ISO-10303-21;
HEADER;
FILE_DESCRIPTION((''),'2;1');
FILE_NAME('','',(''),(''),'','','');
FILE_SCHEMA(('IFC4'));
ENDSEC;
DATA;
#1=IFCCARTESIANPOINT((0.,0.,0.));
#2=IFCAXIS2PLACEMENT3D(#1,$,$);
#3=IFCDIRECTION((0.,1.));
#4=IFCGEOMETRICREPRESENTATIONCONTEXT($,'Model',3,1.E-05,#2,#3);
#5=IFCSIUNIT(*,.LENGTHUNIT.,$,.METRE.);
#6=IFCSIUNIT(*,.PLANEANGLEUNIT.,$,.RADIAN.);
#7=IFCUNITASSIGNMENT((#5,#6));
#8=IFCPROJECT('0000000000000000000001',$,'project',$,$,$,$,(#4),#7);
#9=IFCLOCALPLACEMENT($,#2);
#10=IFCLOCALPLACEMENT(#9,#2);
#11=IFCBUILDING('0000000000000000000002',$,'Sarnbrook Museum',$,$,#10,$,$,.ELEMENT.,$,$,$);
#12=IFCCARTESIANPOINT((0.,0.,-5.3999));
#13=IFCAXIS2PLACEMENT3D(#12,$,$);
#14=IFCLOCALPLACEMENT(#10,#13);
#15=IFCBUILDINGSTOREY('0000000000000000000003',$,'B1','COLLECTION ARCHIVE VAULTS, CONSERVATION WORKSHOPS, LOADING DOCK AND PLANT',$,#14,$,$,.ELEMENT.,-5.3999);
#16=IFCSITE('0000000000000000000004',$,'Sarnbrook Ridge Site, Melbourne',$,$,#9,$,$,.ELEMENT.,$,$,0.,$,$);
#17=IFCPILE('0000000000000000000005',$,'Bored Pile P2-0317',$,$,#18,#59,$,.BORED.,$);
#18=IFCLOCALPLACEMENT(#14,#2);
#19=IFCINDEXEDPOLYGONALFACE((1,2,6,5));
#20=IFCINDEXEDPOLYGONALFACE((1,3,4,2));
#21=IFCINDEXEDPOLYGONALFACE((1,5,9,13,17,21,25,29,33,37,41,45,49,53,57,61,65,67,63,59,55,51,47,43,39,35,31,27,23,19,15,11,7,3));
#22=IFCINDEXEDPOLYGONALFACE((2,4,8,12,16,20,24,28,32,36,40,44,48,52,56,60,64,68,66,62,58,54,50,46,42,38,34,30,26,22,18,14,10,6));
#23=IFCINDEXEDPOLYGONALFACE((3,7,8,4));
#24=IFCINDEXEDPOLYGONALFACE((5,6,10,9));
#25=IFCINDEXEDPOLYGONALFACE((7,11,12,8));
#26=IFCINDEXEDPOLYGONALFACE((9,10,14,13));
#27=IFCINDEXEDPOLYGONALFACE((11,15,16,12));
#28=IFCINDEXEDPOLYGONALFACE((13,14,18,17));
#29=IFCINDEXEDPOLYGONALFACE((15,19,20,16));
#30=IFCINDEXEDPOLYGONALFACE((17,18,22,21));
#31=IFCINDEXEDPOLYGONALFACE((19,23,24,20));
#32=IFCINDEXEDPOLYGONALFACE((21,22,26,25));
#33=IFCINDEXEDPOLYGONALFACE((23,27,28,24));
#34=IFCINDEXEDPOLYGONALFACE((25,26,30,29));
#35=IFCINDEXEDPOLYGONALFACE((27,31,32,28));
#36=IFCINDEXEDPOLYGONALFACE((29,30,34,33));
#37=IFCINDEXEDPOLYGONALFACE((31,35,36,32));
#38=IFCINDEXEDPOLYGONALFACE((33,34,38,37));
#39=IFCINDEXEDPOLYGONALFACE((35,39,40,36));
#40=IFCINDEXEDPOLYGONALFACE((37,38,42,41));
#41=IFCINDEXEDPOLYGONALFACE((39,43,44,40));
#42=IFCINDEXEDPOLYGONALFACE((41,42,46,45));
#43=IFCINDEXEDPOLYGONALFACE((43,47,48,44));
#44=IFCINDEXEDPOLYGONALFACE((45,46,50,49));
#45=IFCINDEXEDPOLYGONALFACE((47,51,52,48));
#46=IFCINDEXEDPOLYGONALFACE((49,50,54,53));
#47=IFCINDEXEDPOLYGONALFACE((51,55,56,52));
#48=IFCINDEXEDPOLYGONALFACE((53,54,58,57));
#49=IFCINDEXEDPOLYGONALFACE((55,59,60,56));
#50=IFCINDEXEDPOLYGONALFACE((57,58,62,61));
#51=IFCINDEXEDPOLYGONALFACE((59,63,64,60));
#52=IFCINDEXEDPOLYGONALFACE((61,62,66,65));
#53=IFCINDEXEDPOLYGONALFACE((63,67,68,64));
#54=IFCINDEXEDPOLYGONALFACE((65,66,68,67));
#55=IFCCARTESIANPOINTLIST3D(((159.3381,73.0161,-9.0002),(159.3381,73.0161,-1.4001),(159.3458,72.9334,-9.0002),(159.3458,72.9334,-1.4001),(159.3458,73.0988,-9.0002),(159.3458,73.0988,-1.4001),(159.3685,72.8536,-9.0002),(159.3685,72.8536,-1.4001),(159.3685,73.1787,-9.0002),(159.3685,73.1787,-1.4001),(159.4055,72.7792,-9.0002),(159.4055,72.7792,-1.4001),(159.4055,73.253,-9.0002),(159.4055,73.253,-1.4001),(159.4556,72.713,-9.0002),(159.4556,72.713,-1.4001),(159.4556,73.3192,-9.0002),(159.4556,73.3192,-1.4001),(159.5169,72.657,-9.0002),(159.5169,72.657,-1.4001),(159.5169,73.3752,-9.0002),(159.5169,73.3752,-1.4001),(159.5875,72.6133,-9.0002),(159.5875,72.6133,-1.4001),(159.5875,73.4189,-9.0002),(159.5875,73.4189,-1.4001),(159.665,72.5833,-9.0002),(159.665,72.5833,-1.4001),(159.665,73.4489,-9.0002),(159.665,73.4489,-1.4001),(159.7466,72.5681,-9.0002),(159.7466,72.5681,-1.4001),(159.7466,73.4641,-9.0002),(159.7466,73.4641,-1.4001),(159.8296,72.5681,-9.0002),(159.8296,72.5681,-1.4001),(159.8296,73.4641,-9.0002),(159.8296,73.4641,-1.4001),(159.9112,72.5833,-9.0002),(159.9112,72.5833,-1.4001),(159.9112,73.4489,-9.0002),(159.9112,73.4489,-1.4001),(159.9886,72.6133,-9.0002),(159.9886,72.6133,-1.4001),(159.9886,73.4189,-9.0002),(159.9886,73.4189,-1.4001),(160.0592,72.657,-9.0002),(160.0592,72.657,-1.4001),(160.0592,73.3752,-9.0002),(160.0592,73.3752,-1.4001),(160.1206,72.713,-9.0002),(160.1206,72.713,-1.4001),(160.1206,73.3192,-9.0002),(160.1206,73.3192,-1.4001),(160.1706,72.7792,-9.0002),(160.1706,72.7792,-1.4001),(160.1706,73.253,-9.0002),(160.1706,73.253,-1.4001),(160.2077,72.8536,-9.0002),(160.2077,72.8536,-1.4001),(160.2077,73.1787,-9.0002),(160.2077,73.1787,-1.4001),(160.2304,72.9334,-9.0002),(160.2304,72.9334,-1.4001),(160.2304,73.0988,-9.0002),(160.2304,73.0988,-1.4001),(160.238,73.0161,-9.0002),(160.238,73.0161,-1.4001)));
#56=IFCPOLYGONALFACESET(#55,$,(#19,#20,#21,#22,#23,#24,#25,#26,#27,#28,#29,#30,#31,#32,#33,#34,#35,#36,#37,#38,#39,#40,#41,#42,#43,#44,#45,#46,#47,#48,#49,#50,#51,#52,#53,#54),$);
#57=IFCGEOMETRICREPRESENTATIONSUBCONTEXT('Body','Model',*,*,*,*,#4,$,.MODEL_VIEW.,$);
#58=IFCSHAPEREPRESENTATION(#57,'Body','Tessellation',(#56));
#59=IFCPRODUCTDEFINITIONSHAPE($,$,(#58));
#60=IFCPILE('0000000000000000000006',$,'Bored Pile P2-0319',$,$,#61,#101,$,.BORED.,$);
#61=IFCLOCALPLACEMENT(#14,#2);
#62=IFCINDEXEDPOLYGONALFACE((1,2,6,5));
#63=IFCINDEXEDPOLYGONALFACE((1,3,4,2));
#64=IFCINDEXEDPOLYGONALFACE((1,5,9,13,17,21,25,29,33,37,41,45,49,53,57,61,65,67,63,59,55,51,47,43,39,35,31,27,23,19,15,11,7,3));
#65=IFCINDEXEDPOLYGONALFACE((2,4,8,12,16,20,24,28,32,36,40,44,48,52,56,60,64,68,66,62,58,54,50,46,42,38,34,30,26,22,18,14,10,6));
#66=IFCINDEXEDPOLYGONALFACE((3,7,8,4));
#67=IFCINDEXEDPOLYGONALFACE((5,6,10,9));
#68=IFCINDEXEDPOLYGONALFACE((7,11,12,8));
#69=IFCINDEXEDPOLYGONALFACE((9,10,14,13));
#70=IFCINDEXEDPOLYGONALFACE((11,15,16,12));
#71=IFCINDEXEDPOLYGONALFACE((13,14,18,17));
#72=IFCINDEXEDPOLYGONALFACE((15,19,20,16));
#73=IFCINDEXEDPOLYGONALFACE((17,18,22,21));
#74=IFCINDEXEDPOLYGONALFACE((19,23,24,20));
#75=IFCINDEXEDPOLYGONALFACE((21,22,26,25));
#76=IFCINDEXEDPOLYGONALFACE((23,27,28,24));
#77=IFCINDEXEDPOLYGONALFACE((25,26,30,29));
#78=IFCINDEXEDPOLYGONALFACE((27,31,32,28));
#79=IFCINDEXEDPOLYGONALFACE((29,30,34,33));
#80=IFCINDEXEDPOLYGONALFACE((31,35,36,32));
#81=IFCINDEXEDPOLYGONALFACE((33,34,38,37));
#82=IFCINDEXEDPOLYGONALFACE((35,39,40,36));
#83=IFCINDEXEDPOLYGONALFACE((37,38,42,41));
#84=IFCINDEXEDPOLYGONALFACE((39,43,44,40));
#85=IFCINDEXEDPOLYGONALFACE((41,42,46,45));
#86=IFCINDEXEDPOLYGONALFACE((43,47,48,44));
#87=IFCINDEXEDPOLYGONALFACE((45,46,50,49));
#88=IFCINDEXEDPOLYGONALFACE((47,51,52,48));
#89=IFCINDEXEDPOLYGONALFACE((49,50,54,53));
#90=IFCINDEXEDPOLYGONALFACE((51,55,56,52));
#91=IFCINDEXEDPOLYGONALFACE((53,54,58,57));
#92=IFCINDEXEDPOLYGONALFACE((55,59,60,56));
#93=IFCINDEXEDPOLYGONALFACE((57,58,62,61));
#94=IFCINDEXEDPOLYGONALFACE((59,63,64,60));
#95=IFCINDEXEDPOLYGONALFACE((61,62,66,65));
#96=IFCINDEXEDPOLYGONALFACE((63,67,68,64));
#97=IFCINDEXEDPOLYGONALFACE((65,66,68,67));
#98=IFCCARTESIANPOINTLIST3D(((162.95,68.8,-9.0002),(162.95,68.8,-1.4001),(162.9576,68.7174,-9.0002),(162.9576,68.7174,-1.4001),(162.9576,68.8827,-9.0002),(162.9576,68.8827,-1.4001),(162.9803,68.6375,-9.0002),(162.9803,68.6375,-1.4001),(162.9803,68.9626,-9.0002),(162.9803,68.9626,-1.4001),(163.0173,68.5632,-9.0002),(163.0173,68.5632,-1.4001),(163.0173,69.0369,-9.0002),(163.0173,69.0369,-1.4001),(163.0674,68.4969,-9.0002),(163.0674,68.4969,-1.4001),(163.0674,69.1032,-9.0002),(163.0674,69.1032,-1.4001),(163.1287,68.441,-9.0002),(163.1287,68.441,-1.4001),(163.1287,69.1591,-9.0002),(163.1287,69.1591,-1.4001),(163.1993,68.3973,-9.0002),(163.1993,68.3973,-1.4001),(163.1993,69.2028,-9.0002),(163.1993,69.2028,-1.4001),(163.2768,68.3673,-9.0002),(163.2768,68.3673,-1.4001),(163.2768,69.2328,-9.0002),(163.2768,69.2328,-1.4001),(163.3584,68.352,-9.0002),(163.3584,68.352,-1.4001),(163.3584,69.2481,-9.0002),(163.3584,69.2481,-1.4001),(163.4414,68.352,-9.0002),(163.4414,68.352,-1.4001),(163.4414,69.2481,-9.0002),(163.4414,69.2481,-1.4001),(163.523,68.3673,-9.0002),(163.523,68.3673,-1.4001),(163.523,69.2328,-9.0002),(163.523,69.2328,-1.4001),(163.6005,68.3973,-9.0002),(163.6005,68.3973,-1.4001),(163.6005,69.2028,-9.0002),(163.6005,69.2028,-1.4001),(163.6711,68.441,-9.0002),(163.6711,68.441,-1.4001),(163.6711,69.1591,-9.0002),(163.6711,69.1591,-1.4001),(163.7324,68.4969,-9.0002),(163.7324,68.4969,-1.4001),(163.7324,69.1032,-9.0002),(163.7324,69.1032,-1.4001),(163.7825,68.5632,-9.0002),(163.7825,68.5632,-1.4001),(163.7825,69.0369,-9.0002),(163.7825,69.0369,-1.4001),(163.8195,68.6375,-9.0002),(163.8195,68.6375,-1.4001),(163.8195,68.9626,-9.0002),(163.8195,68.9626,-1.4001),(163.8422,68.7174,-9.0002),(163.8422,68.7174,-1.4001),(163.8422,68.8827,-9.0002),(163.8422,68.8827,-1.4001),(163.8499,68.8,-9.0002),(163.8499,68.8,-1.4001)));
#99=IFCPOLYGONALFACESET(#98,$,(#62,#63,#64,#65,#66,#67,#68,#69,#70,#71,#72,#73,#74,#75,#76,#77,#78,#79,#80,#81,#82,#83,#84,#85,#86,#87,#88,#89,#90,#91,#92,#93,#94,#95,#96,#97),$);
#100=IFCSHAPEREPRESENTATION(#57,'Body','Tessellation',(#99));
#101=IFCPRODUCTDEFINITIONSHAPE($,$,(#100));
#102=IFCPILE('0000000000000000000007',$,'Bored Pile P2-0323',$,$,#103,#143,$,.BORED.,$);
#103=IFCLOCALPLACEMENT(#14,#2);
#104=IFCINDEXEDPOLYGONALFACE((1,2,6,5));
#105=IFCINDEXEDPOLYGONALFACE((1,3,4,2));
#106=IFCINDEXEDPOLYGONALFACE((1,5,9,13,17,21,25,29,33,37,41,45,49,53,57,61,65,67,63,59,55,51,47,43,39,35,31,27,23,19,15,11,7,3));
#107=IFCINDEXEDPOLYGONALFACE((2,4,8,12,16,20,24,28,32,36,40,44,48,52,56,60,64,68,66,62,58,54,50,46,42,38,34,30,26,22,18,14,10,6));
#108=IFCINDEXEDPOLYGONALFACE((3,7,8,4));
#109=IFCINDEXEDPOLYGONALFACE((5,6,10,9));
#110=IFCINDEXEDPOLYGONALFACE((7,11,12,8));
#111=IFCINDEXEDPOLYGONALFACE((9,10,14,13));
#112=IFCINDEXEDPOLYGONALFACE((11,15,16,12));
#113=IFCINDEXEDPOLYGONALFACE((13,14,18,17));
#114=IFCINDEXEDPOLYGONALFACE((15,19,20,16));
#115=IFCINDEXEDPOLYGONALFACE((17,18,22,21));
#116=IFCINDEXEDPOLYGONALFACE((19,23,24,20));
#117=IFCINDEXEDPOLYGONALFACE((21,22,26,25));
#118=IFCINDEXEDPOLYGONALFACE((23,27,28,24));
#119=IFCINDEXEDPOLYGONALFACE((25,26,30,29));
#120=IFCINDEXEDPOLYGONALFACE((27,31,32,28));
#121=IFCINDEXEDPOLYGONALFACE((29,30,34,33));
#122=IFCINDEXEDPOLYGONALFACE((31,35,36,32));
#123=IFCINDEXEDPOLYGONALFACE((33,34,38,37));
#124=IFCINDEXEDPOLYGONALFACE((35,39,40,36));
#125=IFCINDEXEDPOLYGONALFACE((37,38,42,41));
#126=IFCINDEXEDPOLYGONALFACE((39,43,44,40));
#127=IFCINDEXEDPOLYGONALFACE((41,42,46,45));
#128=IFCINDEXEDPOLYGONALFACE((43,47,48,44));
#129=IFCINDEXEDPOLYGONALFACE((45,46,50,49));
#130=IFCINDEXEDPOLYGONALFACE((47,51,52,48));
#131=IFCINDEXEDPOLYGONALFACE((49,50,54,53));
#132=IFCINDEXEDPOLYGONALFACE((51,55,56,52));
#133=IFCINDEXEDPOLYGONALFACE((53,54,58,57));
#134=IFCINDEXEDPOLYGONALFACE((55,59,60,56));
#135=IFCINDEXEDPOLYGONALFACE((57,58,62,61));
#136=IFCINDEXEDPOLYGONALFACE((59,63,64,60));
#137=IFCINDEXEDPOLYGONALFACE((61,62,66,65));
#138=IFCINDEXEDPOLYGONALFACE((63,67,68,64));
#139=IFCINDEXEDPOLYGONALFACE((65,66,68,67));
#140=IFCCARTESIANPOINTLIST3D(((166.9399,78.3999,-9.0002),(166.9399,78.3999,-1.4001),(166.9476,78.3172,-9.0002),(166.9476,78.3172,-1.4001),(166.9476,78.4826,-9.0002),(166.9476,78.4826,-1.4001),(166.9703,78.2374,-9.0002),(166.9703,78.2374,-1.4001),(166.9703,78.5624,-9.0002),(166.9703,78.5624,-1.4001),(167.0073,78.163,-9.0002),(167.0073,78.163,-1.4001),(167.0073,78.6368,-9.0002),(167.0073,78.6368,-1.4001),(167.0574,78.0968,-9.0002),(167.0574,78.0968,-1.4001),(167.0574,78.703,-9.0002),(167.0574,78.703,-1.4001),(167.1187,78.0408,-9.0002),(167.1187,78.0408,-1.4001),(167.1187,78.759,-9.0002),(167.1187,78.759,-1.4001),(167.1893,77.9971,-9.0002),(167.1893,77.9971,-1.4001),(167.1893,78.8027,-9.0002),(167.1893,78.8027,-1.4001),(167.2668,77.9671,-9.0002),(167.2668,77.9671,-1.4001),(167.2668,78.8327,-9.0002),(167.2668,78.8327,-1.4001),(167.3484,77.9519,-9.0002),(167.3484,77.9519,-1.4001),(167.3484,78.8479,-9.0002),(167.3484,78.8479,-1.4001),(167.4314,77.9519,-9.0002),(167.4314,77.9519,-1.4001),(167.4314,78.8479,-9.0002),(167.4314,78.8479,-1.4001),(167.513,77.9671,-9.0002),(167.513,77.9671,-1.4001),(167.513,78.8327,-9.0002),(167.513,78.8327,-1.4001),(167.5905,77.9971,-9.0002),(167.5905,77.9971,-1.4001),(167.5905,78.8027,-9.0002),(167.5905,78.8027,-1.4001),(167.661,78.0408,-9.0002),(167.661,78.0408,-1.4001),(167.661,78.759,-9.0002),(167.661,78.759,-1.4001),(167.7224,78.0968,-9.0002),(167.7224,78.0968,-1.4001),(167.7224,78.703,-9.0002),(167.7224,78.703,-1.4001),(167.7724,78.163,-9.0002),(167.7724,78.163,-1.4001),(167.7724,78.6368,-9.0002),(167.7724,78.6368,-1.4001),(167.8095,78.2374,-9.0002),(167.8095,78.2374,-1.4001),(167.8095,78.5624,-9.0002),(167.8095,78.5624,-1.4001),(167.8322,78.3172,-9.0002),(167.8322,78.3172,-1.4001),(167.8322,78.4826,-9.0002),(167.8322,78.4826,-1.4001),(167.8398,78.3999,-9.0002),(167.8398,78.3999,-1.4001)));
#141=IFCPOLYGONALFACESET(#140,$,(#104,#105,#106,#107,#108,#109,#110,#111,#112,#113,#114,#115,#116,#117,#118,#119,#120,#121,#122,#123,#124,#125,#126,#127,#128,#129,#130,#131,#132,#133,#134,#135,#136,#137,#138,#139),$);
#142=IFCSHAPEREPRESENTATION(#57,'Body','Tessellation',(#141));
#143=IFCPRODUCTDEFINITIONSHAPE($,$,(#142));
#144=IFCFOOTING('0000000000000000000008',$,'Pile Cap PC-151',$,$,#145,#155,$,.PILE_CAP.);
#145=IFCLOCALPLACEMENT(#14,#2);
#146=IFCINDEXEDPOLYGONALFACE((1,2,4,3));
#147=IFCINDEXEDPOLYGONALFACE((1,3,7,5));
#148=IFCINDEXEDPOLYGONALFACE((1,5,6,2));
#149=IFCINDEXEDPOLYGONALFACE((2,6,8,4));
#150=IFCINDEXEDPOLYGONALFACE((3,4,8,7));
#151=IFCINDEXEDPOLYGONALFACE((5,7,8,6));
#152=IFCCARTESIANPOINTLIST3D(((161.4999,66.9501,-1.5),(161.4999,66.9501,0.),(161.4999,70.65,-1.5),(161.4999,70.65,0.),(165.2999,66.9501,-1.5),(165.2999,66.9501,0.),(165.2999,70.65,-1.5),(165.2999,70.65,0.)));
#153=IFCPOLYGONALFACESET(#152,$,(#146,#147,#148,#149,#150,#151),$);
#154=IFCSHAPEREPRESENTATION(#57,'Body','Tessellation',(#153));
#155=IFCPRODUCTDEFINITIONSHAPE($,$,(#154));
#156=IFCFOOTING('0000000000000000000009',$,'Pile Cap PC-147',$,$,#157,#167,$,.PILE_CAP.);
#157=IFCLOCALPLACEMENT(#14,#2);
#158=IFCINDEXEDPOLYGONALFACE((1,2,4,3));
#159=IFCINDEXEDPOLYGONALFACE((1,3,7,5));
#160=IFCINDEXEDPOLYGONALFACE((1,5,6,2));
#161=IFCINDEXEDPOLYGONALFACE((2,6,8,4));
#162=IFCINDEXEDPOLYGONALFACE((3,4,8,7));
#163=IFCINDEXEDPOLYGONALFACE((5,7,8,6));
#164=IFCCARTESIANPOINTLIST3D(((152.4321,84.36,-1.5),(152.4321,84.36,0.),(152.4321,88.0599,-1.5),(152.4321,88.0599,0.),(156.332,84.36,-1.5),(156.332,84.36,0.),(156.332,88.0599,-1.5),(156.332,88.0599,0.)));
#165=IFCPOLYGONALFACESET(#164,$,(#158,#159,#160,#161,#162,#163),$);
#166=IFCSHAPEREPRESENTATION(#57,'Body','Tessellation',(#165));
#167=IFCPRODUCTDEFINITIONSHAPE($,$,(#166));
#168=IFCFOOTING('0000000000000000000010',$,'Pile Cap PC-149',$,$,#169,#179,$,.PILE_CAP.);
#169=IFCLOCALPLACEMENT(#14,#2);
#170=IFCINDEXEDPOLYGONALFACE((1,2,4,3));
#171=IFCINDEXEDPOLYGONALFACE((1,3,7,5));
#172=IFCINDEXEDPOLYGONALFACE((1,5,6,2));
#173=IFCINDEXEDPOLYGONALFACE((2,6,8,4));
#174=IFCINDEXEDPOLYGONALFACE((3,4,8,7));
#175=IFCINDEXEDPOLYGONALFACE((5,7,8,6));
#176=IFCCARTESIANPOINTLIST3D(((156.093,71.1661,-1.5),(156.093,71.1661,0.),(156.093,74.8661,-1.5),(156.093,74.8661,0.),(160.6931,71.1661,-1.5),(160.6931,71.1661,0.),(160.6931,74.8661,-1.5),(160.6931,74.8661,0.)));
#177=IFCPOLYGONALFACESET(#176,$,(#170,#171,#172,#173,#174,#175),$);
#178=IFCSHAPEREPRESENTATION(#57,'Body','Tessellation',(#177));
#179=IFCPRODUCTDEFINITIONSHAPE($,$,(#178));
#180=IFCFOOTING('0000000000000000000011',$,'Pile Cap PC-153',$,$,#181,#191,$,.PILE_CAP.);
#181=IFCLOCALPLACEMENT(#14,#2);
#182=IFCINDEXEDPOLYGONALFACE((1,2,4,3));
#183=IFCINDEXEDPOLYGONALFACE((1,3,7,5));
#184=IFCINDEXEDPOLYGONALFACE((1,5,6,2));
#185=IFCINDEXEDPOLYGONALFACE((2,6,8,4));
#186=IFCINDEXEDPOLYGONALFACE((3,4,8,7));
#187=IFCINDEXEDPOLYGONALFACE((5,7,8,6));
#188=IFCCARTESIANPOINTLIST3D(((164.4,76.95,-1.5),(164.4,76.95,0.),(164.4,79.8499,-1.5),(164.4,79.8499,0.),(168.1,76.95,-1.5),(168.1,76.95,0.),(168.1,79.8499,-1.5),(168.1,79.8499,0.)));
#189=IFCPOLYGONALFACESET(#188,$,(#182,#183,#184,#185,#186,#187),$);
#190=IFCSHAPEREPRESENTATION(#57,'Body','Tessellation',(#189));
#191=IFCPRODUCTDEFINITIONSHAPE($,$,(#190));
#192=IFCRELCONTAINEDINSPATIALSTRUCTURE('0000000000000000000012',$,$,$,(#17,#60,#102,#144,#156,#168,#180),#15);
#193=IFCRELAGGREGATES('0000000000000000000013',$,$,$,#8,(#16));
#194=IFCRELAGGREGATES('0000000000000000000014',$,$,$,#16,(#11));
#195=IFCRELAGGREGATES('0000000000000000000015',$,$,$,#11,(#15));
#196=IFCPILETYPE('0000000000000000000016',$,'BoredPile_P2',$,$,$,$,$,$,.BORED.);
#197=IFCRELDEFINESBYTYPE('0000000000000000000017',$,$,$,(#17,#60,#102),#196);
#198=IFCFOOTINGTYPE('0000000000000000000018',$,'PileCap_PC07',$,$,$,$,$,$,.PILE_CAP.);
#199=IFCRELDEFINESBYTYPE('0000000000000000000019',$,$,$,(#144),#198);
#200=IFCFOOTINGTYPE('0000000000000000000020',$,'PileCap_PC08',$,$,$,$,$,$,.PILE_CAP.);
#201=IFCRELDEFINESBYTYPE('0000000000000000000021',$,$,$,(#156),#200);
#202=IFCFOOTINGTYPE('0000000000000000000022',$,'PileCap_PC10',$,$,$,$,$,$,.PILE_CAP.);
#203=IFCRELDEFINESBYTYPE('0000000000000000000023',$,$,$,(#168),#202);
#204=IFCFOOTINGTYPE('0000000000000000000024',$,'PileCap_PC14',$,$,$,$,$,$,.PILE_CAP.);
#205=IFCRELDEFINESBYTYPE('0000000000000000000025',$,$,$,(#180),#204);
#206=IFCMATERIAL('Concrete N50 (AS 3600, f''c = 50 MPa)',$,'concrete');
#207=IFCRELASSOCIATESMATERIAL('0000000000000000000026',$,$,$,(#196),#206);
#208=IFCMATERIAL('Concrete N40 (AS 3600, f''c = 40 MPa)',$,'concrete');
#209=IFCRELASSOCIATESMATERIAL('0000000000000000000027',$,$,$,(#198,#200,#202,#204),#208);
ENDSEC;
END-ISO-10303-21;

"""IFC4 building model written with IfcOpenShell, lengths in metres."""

from ifc_helpers import new_model, si_unit, direction, frame, origin, origin_2d, place, context, subcontext, project, spatial, rectangle, circle, extrude, material, material_profile, profile_set, type_object, element, save


model = new_model("IFC4")

# Units and contexts
model_context = context("Model", 3, precision=1e-05, world=origin(), true_north=direction((0.0, 1.0)))
body_context = subcontext(model_context, "Body", "Model", "MODEL_VIEW")
ifc_project = project(units=[si_unit("LENGTHUNIT", "METRE"), si_unit("PLANEANGLEUNIT", "RADIAN")], contexts=[model_context])

# Site, building, storey
site_placement = place(None, origin())
site = spatial("IfcSite", under=ifc_project, at=site_placement, Name="Sarnbrook Ridge Site, Melbourne", CompositionType="ELEMENT", RefElevation=0.0)
building_placement = place(site_placement, origin())
building = spatial("IfcBuilding", under=site, at=building_placement, Name="Sarnbrook Museum", CompositionType="ELEMENT")
storey_placement = place(building_placement, frame((0.0, 0.0, -5.3999)))
storey = spatial("IfcBuildingStorey", under=building, at=storey_placement, Name="B1", Description="COLLECTION ARCHIVE VAULTS, CONSERVATION WORKSHOPS, LOADING DOCK AND PLANT", CompositionType="ELEMENT", Elevation=-5.3999)

# Piles
ifc_material_1 = material(Name="Concrete N50 (AS 3600, f'c = 50 MPa)", Category="concrete")
ifc_material_profile_1 = material_profile(ifc_material_1, circle(Radius=0.45, at=origin_2d()), Name="BORED PILE D900")
ifc_profile_set_1 = profile_set([ifc_material_profile_1], Name="Concrete N50 (AS 3600, f'c = 50 MPa)")
pile_type_1 = type_object("IfcPileType", Name="BoredPile_P2", PredefinedType="BORED", material=ifc_profile_set_1)
for number, where, z_axis, x_axis, name in (
    (1, (159.7881, 73.0161, -1.4001), (0.0, 0.0, -1.0), (1.0, 0.0, 0.0), "Bored Pile P2-0317"),
    (2, (163.3999, 68.8, -1.4001), (0.0, 0.0, -1.0), (1.0, 0.0, 0.0), "Bored Pile P2-0319"),
    (3, (167.3899, 78.3999, -1.4001), (0.0, 0.0, -1.0), (1.0, 0.0, 0.0), "Bored Pile P2-0323"),
):
    element("IfcPile", number, at=place(storey_placement, frame(where, z_axis=z_axis, x_axis=x_axis)), inside=storey, type_object=pile_type_1, Name=name, PredefinedType="BORED", context=body_context, shape_type="SweptSolid", body=[
        extrude(circle(Radius=0.45, at=origin_2d()), origin(), (0.0, 0.0, 1.0), 7.6001),
    ])

# Footings
ifc_material_2 = material(Name="Concrete N40 (AS 3600, f'c = 40 MPa)", Category="concrete")
footing_type_1 = type_object("IfcFootingType", Name="PileCap_PC07", PredefinedType="PILE_CAP", material=ifc_material_2)
footing_1_placement = place(storey_placement, frame((163.3999, 68.8, -1.5), z_axis=(0.0, 0.0, 1.0), x_axis=(1.0, 0.0, 0.0)))
element("IfcFooting", 4, at=footing_1_placement, inside=storey, type_object=footing_type_1, Name="Pile Cap PC-151", PredefinedType="PILE_CAP", context=body_context, shape_type="SweptSolid", body=[
    extrude(rectangle(XDim=3.8, YDim=3.7, at=origin_2d()), origin(), (0.0, 0.0, 1.0), 1.5),
])
footing_type_2 = type_object("IfcFootingType", Name="PileCap_PC08", PredefinedType="PILE_CAP", material=ifc_material_2)
footing_2_placement = place(storey_placement, frame((154.3821, 86.21, -1.5), z_axis=(0.0, 0.0, 1.0), x_axis=(1.0, 0.0, 0.0)))
element("IfcFooting", 5, at=footing_2_placement, inside=storey, type_object=footing_type_2, Name="Pile Cap PC-147", PredefinedType="PILE_CAP", context=body_context, shape_type="SweptSolid", body=[
    extrude(rectangle(XDim=3.8999, YDim=3.7, at=origin_2d()), origin(), (0.0, 0.0, 1.0), 1.5),
])
footing_type_3 = type_object("IfcFootingType", Name="PileCap_PC10", PredefinedType="PILE_CAP", material=ifc_material_2)
footing_3_placement = place(storey_placement, frame((158.3931, 73.0161, -1.5), z_axis=(0.0, 0.0, 1.0), x_axis=(1.0, 0.0, 0.0)))
element("IfcFooting", 6, at=footing_3_placement, inside=storey, type_object=footing_type_3, Name="Pile Cap PC-149", PredefinedType="PILE_CAP", context=body_context, shape_type="SweptSolid", body=[
    extrude(rectangle(XDim=4.6001, YDim=3.7, at=origin_2d()), origin(), (0.0, 0.0, 1.0), 1.5),
])
footing_type_4 = type_object("IfcFootingType", Name="PileCap_PC14", PredefinedType="PILE_CAP", material=ifc_material_2)
footing_4_placement = place(storey_placement, frame((166.25, 78.3999, -1.5), z_axis=(0.0, 0.0, 1.0), x_axis=(1.0, 0.0, 0.0)))
element("IfcFooting", 7, at=footing_4_placement, inside=storey, type_object=footing_type_4, Name="Pile Cap PC-153", PredefinedType="PILE_CAP", context=body_context, shape_type="SweptSolid", body=[
    extrude(rectangle(XDim=3.7, YDim=2.8999, at=origin_2d()), origin(), (0.0, 0.0, 1.0), 1.5),
])

save(model, "model.ifc")
